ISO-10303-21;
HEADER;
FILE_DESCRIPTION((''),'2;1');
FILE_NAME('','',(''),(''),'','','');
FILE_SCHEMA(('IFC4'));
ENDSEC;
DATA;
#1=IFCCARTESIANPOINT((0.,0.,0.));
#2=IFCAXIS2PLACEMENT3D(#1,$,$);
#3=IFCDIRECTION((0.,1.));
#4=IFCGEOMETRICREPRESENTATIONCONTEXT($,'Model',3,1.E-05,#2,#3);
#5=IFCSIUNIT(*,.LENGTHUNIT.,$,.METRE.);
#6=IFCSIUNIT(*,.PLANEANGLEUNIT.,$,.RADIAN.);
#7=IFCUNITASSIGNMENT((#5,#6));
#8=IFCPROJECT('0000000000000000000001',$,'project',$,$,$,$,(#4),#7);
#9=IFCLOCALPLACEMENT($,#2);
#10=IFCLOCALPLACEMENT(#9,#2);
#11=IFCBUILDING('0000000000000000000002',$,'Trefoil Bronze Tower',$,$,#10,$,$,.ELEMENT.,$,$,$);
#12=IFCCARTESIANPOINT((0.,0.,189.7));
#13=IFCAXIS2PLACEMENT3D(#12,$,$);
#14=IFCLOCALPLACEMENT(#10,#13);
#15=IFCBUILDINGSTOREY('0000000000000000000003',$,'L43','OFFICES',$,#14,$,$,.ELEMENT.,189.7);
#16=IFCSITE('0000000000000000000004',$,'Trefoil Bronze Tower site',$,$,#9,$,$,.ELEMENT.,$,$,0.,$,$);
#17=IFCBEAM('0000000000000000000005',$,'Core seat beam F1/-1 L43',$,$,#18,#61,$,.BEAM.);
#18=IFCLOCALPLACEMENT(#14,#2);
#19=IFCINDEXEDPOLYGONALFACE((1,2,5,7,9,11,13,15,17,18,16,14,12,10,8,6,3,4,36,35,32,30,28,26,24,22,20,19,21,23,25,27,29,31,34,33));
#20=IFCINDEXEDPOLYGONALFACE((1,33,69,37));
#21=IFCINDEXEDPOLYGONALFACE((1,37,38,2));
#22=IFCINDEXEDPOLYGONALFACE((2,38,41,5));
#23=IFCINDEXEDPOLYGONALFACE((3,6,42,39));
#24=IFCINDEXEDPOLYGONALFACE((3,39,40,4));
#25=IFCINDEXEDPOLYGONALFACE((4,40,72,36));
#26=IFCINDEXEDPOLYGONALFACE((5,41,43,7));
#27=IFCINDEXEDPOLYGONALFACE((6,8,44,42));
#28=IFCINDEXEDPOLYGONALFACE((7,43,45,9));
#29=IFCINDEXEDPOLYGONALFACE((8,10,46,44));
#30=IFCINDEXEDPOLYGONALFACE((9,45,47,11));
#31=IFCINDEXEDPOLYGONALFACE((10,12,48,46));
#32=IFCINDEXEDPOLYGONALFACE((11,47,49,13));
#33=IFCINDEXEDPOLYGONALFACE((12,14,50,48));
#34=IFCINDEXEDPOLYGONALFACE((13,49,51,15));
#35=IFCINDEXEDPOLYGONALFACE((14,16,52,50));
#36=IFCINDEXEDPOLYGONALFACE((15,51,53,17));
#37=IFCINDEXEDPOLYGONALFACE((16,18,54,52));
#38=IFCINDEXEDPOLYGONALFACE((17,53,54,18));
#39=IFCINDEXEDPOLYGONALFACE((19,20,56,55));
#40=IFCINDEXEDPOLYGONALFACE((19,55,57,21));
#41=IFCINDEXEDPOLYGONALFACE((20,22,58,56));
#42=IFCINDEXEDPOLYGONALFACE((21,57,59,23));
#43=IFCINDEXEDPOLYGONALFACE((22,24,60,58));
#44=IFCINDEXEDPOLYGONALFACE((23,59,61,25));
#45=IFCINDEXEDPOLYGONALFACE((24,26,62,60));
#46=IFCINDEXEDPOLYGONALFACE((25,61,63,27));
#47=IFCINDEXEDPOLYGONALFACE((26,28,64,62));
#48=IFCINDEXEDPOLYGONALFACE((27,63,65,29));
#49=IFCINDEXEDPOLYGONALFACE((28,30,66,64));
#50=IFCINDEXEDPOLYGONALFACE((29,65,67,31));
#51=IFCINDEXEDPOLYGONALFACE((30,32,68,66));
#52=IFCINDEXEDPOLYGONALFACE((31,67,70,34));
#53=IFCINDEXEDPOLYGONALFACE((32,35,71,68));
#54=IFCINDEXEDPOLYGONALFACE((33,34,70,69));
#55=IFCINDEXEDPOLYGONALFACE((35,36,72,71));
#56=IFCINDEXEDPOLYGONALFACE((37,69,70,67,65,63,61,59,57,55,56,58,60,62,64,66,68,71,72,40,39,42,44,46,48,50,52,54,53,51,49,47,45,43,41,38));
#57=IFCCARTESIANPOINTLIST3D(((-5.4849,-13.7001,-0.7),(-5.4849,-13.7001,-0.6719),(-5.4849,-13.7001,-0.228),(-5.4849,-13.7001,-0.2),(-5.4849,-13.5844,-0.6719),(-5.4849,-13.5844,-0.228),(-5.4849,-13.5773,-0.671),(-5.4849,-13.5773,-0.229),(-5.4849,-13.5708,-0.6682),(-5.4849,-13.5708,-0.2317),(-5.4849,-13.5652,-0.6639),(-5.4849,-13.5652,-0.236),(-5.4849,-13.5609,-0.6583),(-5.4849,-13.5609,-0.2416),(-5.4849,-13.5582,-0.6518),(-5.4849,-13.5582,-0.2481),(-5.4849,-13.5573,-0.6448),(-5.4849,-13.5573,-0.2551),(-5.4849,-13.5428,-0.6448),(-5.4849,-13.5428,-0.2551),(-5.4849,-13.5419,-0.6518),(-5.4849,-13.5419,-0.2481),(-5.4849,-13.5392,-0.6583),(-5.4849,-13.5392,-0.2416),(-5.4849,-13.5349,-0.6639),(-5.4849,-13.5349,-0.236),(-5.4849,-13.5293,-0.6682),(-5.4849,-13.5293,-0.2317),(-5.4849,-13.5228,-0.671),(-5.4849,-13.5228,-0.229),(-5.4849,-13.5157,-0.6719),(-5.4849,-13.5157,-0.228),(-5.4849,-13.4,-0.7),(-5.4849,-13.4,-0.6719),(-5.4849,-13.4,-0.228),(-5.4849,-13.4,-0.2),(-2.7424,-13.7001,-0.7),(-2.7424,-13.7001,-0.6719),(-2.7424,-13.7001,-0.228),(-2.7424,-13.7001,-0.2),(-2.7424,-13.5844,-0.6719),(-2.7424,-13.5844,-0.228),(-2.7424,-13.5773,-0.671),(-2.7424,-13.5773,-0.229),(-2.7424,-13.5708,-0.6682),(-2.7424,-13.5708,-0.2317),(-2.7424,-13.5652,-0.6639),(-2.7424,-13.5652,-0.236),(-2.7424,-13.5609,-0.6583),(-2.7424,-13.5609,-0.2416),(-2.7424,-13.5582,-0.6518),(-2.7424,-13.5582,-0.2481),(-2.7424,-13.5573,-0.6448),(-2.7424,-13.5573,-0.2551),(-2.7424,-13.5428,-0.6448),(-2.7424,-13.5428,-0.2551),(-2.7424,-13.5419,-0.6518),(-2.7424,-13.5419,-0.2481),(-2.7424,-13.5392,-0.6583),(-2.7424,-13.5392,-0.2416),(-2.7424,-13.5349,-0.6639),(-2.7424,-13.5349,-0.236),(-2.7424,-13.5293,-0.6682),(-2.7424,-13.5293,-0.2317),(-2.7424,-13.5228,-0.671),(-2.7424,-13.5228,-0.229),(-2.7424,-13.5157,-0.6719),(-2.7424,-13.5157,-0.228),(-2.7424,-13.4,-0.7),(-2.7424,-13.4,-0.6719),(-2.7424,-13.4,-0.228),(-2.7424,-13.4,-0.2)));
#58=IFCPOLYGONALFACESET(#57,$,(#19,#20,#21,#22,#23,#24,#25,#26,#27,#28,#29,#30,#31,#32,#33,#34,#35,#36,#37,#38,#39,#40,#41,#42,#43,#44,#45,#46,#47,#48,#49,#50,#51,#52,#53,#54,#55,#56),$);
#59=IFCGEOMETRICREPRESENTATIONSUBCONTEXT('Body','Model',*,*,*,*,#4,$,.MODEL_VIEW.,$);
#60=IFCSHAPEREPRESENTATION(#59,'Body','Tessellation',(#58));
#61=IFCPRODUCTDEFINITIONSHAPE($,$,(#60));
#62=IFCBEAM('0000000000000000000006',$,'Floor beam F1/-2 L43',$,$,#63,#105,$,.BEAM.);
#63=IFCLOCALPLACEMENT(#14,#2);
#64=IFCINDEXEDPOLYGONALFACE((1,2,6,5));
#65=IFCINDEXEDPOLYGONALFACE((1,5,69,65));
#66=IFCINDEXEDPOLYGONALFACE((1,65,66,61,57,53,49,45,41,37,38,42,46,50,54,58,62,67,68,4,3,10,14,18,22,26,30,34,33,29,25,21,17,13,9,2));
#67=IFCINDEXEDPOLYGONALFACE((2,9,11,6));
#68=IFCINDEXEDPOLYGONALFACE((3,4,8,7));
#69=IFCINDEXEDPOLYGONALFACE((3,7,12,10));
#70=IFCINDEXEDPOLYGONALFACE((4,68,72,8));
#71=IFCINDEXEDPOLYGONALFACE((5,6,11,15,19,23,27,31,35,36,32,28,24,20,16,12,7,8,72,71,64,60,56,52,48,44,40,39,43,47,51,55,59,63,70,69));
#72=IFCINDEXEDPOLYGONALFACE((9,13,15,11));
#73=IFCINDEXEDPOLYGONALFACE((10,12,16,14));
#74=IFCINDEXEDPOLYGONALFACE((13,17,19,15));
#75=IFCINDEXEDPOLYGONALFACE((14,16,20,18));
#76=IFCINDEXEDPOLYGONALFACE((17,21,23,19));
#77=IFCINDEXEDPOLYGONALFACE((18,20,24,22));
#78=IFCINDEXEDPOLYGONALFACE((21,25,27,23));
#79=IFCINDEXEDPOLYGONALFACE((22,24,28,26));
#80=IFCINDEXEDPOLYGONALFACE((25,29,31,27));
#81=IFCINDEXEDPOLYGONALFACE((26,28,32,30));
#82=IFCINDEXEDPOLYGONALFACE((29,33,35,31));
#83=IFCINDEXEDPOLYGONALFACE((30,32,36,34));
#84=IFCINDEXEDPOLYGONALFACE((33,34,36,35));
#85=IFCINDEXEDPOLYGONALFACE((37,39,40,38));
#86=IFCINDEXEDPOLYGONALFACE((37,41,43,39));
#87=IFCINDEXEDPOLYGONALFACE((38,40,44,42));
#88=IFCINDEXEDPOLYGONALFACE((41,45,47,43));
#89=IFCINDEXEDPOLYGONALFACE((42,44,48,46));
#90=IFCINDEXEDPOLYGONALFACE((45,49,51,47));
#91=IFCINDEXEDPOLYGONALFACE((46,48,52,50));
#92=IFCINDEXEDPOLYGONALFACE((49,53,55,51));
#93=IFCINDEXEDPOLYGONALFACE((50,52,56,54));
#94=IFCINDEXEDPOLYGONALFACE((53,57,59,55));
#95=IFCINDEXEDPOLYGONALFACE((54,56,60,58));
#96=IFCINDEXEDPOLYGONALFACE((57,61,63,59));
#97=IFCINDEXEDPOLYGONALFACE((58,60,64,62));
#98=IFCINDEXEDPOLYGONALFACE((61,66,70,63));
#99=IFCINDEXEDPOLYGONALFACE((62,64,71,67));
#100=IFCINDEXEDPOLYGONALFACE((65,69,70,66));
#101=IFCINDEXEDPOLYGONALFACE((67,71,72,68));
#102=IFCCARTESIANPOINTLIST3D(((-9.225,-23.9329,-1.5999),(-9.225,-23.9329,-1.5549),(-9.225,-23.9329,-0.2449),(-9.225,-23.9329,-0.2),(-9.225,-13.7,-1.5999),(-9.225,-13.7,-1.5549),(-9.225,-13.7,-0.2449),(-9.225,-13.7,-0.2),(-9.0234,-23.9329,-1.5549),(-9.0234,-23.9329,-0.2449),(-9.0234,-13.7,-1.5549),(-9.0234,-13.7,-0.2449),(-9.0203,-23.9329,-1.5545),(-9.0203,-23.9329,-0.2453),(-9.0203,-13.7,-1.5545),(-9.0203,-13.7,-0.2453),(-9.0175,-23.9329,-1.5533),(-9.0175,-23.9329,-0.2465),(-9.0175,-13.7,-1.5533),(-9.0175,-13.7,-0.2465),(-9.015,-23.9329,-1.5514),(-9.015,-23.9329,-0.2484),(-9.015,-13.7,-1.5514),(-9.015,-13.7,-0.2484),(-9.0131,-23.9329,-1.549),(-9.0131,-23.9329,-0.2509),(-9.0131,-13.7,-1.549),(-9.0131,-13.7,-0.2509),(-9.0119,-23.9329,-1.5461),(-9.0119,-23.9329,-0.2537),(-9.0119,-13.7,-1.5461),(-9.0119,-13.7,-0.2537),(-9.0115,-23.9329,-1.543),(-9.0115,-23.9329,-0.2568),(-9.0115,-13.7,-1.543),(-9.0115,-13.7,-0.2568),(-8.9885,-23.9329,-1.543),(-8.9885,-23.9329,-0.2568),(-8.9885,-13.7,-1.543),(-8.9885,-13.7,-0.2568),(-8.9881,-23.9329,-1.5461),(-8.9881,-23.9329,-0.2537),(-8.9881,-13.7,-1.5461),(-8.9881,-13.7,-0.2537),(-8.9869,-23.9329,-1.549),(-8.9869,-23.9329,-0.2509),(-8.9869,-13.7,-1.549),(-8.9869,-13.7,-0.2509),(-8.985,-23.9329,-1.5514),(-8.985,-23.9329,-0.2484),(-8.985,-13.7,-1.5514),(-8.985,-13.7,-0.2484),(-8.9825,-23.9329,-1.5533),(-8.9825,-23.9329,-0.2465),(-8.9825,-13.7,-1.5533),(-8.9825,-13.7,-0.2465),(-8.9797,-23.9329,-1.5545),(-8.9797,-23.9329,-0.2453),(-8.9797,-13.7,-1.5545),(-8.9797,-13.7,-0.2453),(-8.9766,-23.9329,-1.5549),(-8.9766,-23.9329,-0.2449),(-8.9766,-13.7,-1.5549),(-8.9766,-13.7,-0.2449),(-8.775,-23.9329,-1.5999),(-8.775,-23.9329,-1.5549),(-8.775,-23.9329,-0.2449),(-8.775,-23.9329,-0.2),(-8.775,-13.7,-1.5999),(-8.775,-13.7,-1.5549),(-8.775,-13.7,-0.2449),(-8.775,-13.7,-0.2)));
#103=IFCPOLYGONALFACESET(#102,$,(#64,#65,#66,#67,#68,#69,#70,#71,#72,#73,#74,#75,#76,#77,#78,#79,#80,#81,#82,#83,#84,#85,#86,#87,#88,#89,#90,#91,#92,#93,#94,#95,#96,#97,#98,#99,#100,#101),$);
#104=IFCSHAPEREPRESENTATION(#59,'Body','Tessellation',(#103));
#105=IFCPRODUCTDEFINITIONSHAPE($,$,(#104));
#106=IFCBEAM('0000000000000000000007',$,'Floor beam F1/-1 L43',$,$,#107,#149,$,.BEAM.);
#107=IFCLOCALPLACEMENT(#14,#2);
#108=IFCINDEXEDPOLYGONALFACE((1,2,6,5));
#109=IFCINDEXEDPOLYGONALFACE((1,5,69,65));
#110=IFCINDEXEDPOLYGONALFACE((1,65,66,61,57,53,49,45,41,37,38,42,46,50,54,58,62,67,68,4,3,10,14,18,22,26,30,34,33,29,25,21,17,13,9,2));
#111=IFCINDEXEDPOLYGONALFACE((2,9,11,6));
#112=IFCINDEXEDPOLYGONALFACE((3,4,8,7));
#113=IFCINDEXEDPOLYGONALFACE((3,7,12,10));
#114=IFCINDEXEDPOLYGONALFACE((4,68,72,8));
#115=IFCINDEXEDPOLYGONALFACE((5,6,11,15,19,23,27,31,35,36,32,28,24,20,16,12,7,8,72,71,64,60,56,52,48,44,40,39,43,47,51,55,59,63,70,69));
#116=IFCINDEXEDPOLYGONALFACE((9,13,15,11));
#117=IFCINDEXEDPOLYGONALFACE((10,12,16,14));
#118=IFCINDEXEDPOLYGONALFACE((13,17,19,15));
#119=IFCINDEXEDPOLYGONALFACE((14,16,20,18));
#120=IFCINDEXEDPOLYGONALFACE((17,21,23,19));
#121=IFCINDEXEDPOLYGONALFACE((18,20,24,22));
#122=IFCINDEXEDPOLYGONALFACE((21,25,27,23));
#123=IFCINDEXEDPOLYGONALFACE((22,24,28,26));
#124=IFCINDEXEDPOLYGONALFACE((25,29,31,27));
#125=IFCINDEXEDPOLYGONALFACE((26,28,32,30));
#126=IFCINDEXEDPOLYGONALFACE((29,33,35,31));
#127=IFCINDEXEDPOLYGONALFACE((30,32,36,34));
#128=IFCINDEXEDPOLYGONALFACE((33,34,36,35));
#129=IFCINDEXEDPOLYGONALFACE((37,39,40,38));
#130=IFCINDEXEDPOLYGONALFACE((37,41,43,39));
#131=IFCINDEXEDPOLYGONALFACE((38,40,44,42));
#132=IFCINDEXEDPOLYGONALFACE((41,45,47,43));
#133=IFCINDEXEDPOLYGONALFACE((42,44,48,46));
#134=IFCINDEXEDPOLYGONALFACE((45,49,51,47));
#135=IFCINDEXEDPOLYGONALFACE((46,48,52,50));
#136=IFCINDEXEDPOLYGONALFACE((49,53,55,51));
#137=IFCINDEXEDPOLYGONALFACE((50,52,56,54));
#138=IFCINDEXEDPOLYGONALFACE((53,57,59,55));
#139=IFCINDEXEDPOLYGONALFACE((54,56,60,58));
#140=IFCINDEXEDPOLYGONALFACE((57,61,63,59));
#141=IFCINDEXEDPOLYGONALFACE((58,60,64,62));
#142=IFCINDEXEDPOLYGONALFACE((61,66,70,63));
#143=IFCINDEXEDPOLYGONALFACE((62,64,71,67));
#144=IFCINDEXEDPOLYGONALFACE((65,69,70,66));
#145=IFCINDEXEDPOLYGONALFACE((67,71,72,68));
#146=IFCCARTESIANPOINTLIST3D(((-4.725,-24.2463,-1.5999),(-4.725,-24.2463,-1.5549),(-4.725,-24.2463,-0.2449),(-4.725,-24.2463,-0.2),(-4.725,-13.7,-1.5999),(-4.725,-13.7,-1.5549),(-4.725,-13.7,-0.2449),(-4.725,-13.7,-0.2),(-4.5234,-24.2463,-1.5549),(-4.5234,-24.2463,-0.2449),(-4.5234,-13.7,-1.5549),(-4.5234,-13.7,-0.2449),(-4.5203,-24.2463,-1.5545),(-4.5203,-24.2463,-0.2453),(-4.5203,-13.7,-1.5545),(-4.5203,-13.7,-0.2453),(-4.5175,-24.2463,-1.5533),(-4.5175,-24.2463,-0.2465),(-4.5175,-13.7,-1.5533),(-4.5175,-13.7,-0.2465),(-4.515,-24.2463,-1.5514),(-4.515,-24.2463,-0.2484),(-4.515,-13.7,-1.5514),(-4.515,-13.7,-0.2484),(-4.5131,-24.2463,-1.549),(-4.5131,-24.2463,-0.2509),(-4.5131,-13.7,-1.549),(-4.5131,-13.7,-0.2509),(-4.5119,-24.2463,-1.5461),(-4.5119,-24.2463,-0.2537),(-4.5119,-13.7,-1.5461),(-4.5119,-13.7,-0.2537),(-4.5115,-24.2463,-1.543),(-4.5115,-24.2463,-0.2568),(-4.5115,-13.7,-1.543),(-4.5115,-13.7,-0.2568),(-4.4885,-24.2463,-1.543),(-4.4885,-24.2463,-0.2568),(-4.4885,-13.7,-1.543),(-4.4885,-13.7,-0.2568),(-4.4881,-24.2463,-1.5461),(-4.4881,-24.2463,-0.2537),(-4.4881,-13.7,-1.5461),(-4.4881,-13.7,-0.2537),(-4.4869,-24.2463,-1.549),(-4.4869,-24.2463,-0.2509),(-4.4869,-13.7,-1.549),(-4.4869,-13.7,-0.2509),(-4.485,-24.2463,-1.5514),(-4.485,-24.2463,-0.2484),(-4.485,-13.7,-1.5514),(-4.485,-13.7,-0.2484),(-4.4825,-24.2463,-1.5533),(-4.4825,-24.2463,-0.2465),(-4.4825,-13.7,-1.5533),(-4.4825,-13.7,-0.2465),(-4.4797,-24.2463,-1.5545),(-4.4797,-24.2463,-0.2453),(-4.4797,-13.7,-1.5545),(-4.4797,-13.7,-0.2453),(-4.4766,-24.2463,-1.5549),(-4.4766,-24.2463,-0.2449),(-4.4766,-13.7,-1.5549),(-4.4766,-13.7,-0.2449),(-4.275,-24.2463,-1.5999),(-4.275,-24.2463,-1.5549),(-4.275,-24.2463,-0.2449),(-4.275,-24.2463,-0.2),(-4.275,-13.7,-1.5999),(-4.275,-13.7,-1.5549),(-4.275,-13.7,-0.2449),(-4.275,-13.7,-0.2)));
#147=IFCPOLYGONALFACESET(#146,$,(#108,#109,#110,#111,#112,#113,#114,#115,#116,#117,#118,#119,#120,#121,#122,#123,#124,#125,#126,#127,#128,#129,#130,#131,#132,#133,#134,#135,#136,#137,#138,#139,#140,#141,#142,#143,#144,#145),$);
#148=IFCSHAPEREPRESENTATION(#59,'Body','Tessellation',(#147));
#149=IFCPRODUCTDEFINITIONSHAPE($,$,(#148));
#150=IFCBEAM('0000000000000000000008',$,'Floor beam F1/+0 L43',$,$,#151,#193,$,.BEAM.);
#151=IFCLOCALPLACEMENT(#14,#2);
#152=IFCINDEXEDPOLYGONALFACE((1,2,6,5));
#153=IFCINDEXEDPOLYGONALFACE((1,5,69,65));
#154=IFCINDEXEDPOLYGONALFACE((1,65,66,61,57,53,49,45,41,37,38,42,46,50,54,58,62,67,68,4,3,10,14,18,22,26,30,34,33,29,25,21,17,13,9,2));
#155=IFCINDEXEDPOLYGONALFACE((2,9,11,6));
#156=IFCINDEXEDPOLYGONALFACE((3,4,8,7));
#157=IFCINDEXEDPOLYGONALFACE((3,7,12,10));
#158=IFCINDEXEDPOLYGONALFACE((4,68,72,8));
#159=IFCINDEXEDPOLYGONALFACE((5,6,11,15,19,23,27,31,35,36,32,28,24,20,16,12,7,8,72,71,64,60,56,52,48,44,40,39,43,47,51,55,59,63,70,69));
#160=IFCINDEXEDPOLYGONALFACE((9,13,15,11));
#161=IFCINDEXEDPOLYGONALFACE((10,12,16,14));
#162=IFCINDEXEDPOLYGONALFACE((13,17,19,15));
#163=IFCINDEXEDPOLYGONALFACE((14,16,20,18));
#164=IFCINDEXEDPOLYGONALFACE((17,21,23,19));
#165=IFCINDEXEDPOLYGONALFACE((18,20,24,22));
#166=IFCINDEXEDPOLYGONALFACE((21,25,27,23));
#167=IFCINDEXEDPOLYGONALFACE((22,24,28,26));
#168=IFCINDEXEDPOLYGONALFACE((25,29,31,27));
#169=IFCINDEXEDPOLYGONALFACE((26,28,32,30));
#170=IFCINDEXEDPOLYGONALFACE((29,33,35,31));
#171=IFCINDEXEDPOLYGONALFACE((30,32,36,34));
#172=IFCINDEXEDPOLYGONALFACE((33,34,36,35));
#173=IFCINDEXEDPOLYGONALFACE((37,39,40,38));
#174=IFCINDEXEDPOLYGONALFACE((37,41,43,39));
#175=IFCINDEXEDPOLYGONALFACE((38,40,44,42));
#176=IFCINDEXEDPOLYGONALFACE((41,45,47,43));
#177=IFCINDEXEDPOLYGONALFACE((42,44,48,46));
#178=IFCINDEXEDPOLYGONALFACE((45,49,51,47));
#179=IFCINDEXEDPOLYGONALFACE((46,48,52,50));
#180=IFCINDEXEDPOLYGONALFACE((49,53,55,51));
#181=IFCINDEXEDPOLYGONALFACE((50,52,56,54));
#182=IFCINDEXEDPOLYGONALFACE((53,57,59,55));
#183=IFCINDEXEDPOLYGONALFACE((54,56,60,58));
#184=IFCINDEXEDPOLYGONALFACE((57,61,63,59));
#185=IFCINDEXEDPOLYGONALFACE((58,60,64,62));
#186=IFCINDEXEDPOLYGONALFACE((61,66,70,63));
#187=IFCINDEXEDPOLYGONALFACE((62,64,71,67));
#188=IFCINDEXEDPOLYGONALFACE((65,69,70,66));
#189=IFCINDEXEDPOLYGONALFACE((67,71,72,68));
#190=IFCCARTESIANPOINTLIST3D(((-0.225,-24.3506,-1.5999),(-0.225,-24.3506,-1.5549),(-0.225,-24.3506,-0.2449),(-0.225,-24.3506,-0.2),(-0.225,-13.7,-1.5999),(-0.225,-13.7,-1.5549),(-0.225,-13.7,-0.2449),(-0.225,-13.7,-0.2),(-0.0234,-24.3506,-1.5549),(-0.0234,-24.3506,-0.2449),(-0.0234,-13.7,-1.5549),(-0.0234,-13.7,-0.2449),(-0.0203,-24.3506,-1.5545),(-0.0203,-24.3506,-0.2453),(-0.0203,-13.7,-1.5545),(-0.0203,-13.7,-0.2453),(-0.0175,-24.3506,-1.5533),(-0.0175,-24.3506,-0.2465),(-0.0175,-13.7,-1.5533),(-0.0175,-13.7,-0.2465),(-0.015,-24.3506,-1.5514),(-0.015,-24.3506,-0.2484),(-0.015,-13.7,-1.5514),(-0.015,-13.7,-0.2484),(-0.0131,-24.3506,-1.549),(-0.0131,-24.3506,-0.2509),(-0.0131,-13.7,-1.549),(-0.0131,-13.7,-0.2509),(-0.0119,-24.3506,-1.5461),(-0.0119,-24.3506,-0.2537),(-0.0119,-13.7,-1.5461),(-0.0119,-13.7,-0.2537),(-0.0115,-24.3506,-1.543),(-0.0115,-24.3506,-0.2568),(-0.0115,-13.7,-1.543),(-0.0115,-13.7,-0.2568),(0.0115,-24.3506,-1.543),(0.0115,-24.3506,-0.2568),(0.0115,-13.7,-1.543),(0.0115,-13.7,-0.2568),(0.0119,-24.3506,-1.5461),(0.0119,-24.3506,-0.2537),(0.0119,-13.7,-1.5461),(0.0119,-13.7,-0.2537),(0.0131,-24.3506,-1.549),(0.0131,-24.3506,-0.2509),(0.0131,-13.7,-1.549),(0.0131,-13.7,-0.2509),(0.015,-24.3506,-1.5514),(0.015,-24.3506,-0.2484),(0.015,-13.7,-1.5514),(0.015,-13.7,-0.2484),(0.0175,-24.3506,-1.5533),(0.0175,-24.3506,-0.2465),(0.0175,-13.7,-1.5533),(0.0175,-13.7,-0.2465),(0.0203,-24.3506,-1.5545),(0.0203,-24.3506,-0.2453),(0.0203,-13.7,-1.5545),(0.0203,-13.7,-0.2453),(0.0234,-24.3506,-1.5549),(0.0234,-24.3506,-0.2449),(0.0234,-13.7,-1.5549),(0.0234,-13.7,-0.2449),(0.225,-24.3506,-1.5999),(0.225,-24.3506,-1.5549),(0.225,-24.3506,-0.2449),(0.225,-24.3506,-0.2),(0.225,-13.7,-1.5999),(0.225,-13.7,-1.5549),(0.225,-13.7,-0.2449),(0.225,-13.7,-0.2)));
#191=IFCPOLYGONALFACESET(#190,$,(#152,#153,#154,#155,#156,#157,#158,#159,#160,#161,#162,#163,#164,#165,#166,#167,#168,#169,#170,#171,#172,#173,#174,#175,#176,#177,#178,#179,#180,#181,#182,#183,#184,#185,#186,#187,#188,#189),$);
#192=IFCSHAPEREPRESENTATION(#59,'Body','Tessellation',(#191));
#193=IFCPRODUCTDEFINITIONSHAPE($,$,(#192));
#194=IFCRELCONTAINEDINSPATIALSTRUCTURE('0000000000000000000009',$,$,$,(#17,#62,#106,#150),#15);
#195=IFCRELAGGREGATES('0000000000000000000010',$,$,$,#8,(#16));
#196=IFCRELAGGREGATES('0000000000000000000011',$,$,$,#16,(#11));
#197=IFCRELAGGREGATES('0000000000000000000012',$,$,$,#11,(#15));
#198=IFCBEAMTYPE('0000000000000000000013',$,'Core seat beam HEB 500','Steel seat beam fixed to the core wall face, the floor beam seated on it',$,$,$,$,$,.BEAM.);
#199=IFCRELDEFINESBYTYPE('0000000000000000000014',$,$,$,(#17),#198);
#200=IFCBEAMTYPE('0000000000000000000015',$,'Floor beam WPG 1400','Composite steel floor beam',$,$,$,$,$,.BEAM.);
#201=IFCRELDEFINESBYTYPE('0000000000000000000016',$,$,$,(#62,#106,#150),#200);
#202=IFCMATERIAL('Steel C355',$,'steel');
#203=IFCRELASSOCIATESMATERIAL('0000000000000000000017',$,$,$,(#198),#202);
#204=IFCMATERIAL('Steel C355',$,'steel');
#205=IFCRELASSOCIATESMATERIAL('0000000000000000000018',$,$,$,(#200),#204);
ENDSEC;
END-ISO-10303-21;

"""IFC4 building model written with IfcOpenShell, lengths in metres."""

from ifc_helpers import new_model, si_unit, direction, frame, origin, origin_2d, place, context, subcontext, project, spatial, i_section, extrude, material, material_profile, profile_set, type_object, element, save


model = new_model("IFC4")

# Units and contexts
model_context = context("Model", 3, precision=1e-05, world=origin(), true_north=direction((0.0, 1.0)))
body_context = subcontext(model_context, "Body", "Model", "MODEL_VIEW")
ifc_project = project(units=[si_unit("LENGTHUNIT", "METRE"), si_unit("PLANEANGLEUNIT", "RADIAN")], contexts=[model_context])

# Site, building, storey
site_placement = place(None, origin())
site = spatial("IfcSite", under=ifc_project, at=site_placement, Name="Trefoil Bronze Tower site", CompositionType="ELEMENT", RefElevation=0.0)
building_placement = place(site_placement, origin())
building = spatial("IfcBuilding", under=site, at=building_placement, Name="Trefoil Bronze Tower", CompositionType="ELEMENT")
storey_placement = place(building_placement, frame((0.0, 0.0, 189.7)))
storey = spatial("IfcBuildingStorey", under=building, at=storey_placement, Name="L43", Description="OFFICES", CompositionType="ELEMENT", Elevation=189.7)

# Beams
ifc_material_1 = material(Name="Steel C355", Category="steel")
ifc_material_profile_1 = material_profile(ifc_material_1, i_section(OverallWidth=0.3, OverallDepth=0.5, WebThickness=0.0144, FlangeThickness=0.0281, FilletRadius=0.0271, at=origin_2d()), Name="HEB 500")
ifc_profile_set_1 = profile_set([ifc_material_profile_1], Name="Steel C355")
beam_type_1 = type_object("IfcBeamType", Name="Core seat beam HEB 500", Description="Steel seat beam fixed to the core wall face, the floor beam seated on it", PredefinedType="BEAM", material=ifc_profile_set_1)
for number, where, z_axis, x_axis, name in (
    (1, (-5.4849, -13.55, -0.45), (1.0, 0.0, 0.0), (0.0, 1.0, 0.0), "Core seat beam F1/-1 L43"),
):
    element("IfcBeam", number, at=place(storey_placement, frame(where, z_axis=z_axis, x_axis=x_axis)), inside=storey, type_object=beam_type_1, Name=name, PredefinedType="BEAM", context=body_context, shape_type="SweptSolid", body=[
        extrude(i_section(OverallWidth=0.3, OverallDepth=0.5, WebThickness=0.0144, FlangeThickness=0.0281, FilletRadius=0.0271, at=origin_2d()), origin(), (0.0, 0.0, 1.0), 2.7424),
    ])
ifc_material_2 = material(Name="Steel C355", Category="steel")
ifc_material_profile_2 = material_profile(ifc_material_2, i_section(OverallWidth=0.45, OverallDepth=1.3999, WebThickness=0.0229, FlangeThickness=0.0449, FilletRadius=0.012, at=origin_2d()), Name="WPG 1400")
ifc_profile_set_2 = profile_set([ifc_material_profile_2], Name="Steel C355")
beam_type_2 = type_object("IfcBeamType", Name="Floor beam WPG 1400", Description="Composite steel floor beam", PredefinedType="BEAM", material=ifc_profile_set_2)
beam_1_placement = place(storey_placement, frame((-9.0, -23.9329, -0.8999), z_axis=(0.0, 1.0, 0.0), x_axis=(-1.0, 0.0, 0.0)))
element("IfcBeam", 2, at=beam_1_placement, inside=storey, type_object=beam_type_2, Name="Floor beam F1/-2 L43", PredefinedType="BEAM", context=body_context, shape_type="SweptSolid", body=[
    extrude(i_section(OverallWidth=0.45, OverallDepth=1.3999, WebThickness=0.0229, FlangeThickness=0.0449, FilletRadius=0.012, at=origin_2d()), origin(), (0.0, 0.0, 1.0), 10.2329),
])
beam_2_placement = place(storey_placement, frame((-4.5, -24.2463, -0.8999), z_axis=(0.0, 1.0, 0.0), x_axis=(-1.0, 0.0, 0.0)))
element("IfcBeam", 3, at=beam_2_placement, inside=storey, type_object=beam_type_2, Name="Floor beam F1/-1 L43", PredefinedType="BEAM", context=body_context, shape_type="SweptSolid", body=[
    extrude(i_section(OverallWidth=0.45, OverallDepth=1.3999, WebThickness=0.0229, FlangeThickness=0.0449, FilletRadius=0.012, at=origin_2d()), origin(), (0.0, 0.0, 1.0), 10.5464),
])
beam_3_placement = place(storey_placement, frame((0.0, -24.3506, -0.8999), z_axis=(0.0, 1.0, 0.0), x_axis=(-1.0, 0.0, 0.0)))
element("IfcBeam", 4, at=beam_3_placement, inside=storey, type_object=beam_type_2, Name="Floor beam F1/+0 L43", PredefinedType="BEAM", context=body_context, shape_type="SweptSolid", body=[
    extrude(i_section(OverallWidth=0.45, OverallDepth=1.3999, WebThickness=0.0229, FlangeThickness=0.0449, FilletRadius=0.012, at=origin_2d()), origin(), (0.0, 0.0, 1.0), 10.6506),
])

save(model, "model.ifc")
